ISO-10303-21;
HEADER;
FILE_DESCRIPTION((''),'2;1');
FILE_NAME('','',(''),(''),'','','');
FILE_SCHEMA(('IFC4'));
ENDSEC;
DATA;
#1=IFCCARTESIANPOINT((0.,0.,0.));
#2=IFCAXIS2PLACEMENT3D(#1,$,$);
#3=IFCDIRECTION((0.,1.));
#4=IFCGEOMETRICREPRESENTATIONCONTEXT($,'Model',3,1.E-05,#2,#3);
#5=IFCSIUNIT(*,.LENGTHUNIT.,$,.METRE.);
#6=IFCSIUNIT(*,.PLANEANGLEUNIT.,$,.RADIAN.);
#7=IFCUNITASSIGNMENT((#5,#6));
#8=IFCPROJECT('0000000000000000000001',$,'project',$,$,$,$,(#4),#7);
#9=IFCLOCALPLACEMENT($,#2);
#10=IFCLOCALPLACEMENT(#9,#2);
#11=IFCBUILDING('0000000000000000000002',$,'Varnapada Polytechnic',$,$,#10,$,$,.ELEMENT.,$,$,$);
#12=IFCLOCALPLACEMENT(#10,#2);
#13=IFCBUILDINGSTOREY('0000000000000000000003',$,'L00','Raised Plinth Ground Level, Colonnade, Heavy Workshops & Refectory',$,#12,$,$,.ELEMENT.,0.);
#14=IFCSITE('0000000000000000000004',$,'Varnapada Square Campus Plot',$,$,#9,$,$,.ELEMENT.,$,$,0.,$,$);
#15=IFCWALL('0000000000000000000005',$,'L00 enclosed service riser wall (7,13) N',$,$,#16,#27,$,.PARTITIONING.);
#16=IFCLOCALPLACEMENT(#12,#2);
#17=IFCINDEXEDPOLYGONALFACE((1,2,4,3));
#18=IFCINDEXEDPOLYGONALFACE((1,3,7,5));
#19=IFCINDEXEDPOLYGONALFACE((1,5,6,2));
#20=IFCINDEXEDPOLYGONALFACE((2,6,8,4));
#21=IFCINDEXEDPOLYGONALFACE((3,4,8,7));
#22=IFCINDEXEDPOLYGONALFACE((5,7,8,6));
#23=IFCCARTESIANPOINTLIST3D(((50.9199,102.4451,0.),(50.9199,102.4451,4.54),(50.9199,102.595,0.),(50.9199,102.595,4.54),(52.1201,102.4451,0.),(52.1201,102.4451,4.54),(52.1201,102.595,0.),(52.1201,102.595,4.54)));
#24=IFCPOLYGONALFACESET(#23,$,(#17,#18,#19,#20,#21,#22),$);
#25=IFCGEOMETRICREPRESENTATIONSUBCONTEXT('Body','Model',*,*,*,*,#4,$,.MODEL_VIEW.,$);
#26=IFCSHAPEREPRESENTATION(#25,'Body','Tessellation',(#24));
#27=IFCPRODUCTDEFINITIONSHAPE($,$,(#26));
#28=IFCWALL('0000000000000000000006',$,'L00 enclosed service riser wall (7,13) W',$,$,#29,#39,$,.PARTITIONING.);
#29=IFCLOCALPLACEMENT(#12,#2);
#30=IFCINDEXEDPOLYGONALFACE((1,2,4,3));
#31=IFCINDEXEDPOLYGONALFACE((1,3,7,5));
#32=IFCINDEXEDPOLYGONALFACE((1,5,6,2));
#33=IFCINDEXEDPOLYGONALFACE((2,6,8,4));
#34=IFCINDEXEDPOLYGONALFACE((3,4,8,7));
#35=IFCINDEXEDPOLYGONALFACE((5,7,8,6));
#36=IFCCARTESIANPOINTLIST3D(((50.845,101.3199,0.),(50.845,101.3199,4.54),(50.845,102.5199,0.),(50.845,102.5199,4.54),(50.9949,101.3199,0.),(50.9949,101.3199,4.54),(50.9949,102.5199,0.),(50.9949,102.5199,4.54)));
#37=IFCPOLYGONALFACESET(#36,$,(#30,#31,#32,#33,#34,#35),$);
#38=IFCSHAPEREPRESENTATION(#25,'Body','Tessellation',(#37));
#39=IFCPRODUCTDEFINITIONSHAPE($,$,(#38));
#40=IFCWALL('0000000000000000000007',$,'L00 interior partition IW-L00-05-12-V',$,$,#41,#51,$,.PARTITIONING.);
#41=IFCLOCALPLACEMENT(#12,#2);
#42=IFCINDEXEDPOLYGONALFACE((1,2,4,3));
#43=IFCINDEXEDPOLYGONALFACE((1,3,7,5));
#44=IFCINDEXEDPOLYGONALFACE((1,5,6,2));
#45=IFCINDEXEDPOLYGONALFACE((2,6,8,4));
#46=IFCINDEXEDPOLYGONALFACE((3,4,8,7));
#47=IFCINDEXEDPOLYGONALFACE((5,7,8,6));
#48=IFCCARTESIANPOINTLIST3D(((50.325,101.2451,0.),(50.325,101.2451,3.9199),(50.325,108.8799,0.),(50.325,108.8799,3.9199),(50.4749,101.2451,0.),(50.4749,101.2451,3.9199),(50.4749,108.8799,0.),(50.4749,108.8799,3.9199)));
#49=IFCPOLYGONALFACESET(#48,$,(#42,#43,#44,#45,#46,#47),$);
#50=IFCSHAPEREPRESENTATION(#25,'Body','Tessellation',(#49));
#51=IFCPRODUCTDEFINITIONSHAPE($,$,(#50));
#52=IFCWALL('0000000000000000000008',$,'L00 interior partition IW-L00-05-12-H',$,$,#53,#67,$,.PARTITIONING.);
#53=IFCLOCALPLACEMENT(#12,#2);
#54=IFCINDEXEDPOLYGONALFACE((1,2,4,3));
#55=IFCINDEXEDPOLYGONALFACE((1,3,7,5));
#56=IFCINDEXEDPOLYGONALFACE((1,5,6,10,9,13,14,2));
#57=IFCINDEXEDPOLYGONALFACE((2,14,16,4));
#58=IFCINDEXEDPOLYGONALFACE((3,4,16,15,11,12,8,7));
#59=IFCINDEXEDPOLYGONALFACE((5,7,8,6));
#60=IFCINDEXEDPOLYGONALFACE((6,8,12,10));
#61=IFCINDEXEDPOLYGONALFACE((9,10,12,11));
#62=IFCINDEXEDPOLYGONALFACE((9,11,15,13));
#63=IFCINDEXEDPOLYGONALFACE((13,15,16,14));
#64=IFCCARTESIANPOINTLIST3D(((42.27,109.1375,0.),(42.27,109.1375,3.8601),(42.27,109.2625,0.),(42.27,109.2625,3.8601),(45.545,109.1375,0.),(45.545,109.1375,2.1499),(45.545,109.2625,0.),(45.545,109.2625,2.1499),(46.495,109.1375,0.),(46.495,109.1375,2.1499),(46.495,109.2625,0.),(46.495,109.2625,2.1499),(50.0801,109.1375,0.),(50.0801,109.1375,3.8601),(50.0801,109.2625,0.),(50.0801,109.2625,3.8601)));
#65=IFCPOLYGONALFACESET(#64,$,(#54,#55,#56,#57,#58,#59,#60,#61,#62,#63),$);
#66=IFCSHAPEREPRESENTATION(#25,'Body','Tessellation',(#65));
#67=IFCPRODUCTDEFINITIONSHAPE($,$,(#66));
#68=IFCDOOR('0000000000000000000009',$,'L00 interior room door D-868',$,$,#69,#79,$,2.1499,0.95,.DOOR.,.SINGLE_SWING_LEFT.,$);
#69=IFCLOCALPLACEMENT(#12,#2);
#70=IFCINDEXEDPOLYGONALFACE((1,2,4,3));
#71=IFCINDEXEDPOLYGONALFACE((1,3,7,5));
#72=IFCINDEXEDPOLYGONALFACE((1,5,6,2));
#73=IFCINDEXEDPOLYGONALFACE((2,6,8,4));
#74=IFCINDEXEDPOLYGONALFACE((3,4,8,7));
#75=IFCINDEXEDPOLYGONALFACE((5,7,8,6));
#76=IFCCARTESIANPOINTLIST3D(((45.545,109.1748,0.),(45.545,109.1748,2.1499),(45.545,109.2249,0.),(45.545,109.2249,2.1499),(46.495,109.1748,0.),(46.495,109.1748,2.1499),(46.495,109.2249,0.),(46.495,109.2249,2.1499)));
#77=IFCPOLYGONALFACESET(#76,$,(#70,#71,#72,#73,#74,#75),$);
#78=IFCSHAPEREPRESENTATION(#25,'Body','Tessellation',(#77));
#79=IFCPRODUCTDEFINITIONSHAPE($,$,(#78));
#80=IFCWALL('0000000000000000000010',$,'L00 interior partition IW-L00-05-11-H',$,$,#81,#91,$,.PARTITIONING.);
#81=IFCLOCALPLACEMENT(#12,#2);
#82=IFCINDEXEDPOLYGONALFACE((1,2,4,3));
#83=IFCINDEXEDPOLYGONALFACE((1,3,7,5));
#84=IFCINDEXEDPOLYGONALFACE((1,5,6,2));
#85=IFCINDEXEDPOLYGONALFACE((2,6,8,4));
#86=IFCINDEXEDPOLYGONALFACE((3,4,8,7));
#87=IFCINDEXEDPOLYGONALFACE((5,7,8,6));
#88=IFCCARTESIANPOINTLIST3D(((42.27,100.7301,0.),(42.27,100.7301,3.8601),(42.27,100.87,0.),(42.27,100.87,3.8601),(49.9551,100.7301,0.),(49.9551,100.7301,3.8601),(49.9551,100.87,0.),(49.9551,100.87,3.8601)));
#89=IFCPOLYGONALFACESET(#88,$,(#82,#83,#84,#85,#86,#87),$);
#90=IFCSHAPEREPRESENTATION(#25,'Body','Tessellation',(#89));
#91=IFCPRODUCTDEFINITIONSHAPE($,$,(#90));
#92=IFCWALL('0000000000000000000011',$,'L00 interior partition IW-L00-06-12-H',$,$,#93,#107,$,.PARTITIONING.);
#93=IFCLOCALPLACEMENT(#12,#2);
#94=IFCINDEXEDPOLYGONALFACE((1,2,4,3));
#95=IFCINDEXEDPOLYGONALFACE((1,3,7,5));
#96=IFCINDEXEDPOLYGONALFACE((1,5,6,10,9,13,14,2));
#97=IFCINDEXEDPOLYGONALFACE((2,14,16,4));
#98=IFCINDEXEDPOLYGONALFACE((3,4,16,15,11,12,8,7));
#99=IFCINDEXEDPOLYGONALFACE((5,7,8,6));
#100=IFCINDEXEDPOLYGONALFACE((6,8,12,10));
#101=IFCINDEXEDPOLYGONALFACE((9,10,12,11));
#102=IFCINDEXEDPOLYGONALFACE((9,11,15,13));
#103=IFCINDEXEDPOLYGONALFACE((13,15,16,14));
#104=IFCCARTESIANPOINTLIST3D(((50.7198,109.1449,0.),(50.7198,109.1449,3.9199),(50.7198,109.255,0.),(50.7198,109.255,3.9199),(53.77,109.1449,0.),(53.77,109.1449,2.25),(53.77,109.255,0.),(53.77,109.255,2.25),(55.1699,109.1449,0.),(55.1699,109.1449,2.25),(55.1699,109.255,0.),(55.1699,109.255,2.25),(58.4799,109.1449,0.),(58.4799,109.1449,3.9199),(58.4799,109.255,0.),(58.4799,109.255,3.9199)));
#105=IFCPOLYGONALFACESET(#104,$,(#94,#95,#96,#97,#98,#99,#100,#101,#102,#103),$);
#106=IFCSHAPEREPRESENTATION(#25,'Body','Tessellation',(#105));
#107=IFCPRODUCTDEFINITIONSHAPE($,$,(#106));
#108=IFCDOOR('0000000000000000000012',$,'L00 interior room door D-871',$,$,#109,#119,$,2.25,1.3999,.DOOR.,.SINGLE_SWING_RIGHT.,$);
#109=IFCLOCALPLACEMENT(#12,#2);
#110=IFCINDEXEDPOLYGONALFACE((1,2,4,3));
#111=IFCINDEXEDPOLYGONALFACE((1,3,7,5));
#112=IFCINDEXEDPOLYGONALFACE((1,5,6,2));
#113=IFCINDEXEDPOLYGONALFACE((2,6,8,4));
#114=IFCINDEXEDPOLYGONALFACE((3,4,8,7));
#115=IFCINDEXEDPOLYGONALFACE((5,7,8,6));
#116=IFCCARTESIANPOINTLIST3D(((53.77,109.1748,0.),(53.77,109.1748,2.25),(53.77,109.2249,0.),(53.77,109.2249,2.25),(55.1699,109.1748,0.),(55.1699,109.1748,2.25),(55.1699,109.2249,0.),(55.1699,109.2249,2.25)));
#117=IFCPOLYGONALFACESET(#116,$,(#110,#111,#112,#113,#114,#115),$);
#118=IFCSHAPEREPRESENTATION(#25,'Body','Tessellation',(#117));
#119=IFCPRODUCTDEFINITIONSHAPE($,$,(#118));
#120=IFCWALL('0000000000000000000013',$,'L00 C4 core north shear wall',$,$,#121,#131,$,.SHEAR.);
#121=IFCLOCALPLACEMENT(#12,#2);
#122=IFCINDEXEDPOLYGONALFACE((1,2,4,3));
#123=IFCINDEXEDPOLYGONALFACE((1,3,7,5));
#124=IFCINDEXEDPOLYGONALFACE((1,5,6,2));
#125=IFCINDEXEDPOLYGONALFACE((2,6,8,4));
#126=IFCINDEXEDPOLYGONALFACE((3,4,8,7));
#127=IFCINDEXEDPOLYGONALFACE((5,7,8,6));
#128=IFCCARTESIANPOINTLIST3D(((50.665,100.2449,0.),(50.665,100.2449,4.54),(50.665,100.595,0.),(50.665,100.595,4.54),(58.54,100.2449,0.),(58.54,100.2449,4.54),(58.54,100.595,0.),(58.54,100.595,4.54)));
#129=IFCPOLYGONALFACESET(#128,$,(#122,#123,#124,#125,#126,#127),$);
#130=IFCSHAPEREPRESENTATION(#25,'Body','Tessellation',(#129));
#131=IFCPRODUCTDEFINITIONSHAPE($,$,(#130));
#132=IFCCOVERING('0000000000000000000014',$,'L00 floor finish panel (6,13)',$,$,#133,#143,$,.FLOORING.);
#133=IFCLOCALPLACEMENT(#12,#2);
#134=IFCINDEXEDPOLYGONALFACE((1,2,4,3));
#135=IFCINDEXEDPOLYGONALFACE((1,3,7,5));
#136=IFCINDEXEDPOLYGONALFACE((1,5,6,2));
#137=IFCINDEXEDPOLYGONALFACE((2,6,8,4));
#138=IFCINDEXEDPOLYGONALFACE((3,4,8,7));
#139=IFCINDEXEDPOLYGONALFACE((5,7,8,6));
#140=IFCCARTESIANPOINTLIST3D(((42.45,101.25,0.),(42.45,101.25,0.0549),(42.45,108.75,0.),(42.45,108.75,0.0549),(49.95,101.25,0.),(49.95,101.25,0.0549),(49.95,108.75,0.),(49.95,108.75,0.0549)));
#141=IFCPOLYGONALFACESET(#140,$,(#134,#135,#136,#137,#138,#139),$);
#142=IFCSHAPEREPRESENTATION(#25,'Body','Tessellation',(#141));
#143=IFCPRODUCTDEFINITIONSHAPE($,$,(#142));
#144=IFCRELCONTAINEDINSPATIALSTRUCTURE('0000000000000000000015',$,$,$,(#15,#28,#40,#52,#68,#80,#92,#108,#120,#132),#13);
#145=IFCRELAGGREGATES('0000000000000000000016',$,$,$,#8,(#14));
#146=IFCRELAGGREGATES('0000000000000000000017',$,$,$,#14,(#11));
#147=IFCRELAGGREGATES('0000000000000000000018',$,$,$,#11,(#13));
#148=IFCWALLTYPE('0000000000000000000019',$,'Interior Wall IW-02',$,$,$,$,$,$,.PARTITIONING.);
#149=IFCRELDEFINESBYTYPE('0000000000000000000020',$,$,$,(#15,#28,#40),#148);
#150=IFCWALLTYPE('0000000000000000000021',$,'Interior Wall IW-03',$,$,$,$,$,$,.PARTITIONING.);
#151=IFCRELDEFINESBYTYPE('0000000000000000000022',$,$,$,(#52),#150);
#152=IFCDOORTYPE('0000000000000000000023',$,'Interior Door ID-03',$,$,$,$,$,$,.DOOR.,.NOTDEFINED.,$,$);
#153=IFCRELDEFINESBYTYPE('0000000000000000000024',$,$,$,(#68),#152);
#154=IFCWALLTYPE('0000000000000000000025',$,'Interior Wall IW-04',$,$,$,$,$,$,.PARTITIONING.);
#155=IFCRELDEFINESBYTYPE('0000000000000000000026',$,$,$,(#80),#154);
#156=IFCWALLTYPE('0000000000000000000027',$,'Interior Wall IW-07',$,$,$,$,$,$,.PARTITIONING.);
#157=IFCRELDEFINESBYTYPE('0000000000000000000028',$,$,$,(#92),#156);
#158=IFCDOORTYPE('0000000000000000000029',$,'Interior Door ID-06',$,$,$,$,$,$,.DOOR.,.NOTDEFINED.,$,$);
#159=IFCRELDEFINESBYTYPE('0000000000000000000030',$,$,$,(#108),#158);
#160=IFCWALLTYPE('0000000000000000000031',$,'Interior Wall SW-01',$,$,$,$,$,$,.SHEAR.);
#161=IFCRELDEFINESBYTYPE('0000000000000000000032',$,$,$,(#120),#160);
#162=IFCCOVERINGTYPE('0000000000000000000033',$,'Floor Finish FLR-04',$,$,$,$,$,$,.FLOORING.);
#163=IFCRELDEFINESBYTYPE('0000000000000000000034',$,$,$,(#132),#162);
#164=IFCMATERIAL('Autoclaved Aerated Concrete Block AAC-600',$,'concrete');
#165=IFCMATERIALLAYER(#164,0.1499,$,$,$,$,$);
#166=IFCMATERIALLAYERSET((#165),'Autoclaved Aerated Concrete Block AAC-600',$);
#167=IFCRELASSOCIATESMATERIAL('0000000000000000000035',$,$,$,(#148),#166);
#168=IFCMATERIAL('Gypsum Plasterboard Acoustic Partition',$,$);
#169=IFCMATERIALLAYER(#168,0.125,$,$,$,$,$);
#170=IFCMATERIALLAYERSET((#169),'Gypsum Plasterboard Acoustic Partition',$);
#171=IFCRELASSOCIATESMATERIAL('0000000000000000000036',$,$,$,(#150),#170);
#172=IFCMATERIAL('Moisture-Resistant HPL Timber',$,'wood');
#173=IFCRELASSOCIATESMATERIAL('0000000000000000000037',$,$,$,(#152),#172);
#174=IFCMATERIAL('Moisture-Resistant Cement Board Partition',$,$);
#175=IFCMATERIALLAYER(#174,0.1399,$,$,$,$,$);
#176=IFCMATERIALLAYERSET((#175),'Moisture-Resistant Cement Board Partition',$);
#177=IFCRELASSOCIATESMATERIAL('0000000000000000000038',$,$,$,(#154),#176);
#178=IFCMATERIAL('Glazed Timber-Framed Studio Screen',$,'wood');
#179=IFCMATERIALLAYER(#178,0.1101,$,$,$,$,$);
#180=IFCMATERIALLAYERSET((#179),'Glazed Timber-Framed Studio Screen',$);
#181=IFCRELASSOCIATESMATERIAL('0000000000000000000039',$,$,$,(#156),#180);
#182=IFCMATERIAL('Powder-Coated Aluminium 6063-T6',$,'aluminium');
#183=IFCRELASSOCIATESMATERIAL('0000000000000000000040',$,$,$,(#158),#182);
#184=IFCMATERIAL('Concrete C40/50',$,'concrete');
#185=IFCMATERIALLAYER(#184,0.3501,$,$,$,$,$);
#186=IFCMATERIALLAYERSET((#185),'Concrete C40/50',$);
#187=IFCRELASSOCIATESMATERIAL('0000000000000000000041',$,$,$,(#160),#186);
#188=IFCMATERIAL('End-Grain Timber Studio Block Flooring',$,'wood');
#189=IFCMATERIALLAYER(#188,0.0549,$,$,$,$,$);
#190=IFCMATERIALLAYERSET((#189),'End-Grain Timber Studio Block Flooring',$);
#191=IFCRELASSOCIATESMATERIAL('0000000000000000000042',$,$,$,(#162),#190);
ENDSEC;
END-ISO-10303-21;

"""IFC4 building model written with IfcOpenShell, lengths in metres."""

from ifc_helpers import new_model, si_unit, direction, frame, frame_2d, origin, origin_2d, place, context, subcontext, project, spatial, rectangle, extrude, material, layer, layer_set, type_object, element, fill, save


model = new_model("IFC4")

# Units and contexts
model_context = context("Model", 3, precision=1e-05, world=origin(), true_north=direction((0.0, 1.0)))
body_context = subcontext(model_context, "Body", "Model", "MODEL_VIEW")
ifc_project = project(units=[si_unit("LENGTHUNIT", "METRE"), si_unit("PLANEANGLEUNIT", "RADIAN")], contexts=[model_context])

# Site, building, storey
site_placement = place(None, origin())
site = spatial("IfcSite", under=ifc_project, at=site_placement, Name="Varnapada Square Campus Plot", CompositionType="ELEMENT", RefElevation=0.0)
building_placement = place(site_placement, origin())
building = spatial("IfcBuilding", under=site, at=building_placement, Name="Varnapada Polytechnic", CompositionType="ELEMENT")
storey_placement = place(building_placement, origin())
storey = spatial("IfcBuildingStorey", under=building, at=storey_placement, Name="L00", Description="Raised Plinth Ground Level, Colonnade, Heavy Workshops & Refectory", CompositionType="ELEMENT", Elevation=0.0)

# Shared definitions
ifc_material_1 = material(Name="Concrete C40/50", Category="concrete")

# Walls
ifc_material_2 = material(Name="Autoclaved Aerated Concrete Block AAC-600", Category="concrete")
ifc_layer_1 = layer(ifc_material_2, 0.1499)
ifc_layer_set_1 = layer_set([ifc_layer_1], Name="Autoclaved Aerated Concrete Block AAC-600")
wall_type_1 = type_object("IfcWallType", Name="Interior Wall IW-02", PredefinedType="PARTITIONING", material=ifc_layer_set_1)
wall_1_placement = place(storey_placement, frame((52.1201, 102.52, 0.0), z_axis=(0.0, 0.0, 1.0), x_axis=(-1.0, 0.0, 0.0)))
element("IfcWall", 1, at=wall_1_placement, inside=storey, type_object=wall_type_1, Name="L00 enclosed service riser wall (7,13) N", PredefinedType="PARTITIONING", context=body_context, shape_type="SweptSolid", body=[
    extrude(rectangle(XDim=1.2002, YDim=0.1499, at=frame_2d((0.6001, 0.0))), origin(), (0.0, 0.0, 1.0), 4.54),
])
wall_2_placement = place(storey_placement, frame((50.9199, 102.52, 0.0), z_axis=(0.0, 0.0, 1.0), x_axis=(0.0, -1.0, 0.0)))
element("IfcWall", 2, at=wall_2_placement, inside=storey, type_object=wall_type_1, Name="L00 enclosed service riser wall (7,13) W", PredefinedType="PARTITIONING", context=body_context, shape_type="SweptSolid", body=[
    extrude(rectangle(XDim=1.2, YDim=0.1499, at=frame_2d((0.6001, 0.0))), origin(), (0.0, 0.0, 1.0), 4.54),
])
wall_3_placement = place(storey_placement, frame((50.3999, 101.2451, 0.0), z_axis=(0.0, 0.0, 1.0), x_axis=(0.0, 1.0, 0.0)))
element("IfcWall", 3, at=wall_3_placement, inside=storey, type_object=wall_type_1, Name="L00 interior partition IW-L00-05-12-V", PredefinedType="PARTITIONING", context=body_context, shape_type="SweptSolid", body=[
    extrude(rectangle(XDim=7.6348, YDim=0.1499, at=frame_2d((3.8174, 0.0))), origin(), (0.0, 0.0, 1.0), 3.9199),
])

# Wall, opening, door
ifc_material_3 = material(Name="Gypsum Plasterboard Acoustic Partition")
ifc_layer_2 = layer(ifc_material_3, 0.125)
ifc_layer_set_2 = layer_set([ifc_layer_2], Name="Gypsum Plasterboard Acoustic Partition")
wall_type_2 = type_object("IfcWallType", Name="Interior Wall IW-03", PredefinedType="PARTITIONING", material=ifc_layer_set_2)
wall_4_placement = place(storey_placement, frame((42.27, 109.2, 0.0), z_axis=(0.0, 0.0, 1.0), x_axis=(1.0, 0.0, 0.0)))
wall_4 = element("IfcWall", 4, at=wall_4_placement, inside=storey, type_object=wall_type_2, Name="L00 interior partition IW-L00-05-12-H", PredefinedType="PARTITIONING", context=body_context, shape_type="SweptSolid", body=[
    extrude(rectangle(XDim=7.8101, YDim=0.125, at=frame_2d((3.905, 0.0))), origin(), (0.0, 0.0, 1.0), 3.8601),
])
opening_1_placement = place(wall_4_placement, frame((3.2749, 0.0, 0.0)))
opening_1 = element("IfcOpeningElement", 5, at=opening_1_placement, cuts=wall_4, PredefinedType="OPENING", context=body_context, shape_type="SweptSolid", body=[
    extrude(rectangle(XDim=0.95, YDim=2.1499, at=frame_2d((0.4751, 1.075))), frame((0.0, 0.0725, 0.0), z_axis=(0.0, -1.0, 0.0), x_axis=(1.0, 0.0, 0.0)), (0.0, 0.0, 1.0), 0.145),
])
ifc_material_4 = material(Name="Moisture-Resistant HPL Timber", Category="wood")
door_type_1 = type_object("IfcDoorType", Name="Interior Door ID-03", OperationType="NOTDEFINED", PredefinedType="DOOR", material=ifc_material_4)
door_1_placement = place(opening_1_placement, origin())
door_1 = element("IfcDoor", 6, at=door_1_placement, inside=storey, type_object=door_type_1, Name="L00 interior room door D-868", OperationType="SINGLE_SWING_LEFT", OverallHeight=2.1499, OverallWidth=0.95, PredefinedType="DOOR", context=body_context, shape_type="SweptSolid", body=[
    extrude(rectangle(XDim=0.95, YDim=2.1499, at=frame_2d((0.4751, 1.075))), frame((0.0, 0.0249, 0.0), z_axis=(0.0, -1.0, 0.0), x_axis=(1.0, 0.0, 0.0)), (0.0, 0.0, 1.0), 0.05),
])
fill(opening_1, door_1)

# Wall
ifc_material_5 = material(Name="Moisture-Resistant Cement Board Partition")
ifc_layer_3 = layer(ifc_material_5, 0.1399)
ifc_layer_set_3 = layer_set([ifc_layer_3], Name="Moisture-Resistant Cement Board Partition")
wall_type_3 = type_object("IfcWallType", Name="Interior Wall IW-04", PredefinedType="PARTITIONING", material=ifc_layer_set_3)
wall_5_placement = place(storey_placement, frame((42.27, 100.8, 0.0), z_axis=(0.0, 0.0, 1.0), x_axis=(1.0, 0.0, 0.0)))
element("IfcWall", 7, at=wall_5_placement, inside=storey, type_object=wall_type_3, Name="L00 interior partition IW-L00-05-11-H", PredefinedType="PARTITIONING", context=body_context, shape_type="SweptSolid", body=[
    extrude(rectangle(XDim=7.6851, YDim=0.1399, at=frame_2d((3.8425, 0.0))), origin(), (0.0, 0.0, 1.0), 3.8601),
])

# Wall, opening, door
ifc_material_6 = material(Name="Glazed Timber-Framed Studio Screen", Category="wood")
ifc_layer_4 = layer(ifc_material_6, 0.1101)
ifc_layer_set_4 = layer_set([ifc_layer_4], Name="Glazed Timber-Framed Studio Screen")
wall_type_4 = type_object("IfcWallType", Name="Interior Wall IW-07", PredefinedType="PARTITIONING", material=ifc_layer_set_4)
wall_6_placement = place(storey_placement, frame((50.72, 109.2, 0.0), z_axis=(0.0, 0.0, 1.0), x_axis=(1.0, 0.0, 0.0)))
wall_6 = element("IfcWall", 8, at=wall_6_placement, inside=storey, type_object=wall_type_4, Name="L00 interior partition IW-L00-06-12-H", PredefinedType="PARTITIONING", context=body_context, shape_type="SweptSolid", body=[
    extrude(rectangle(XDim=7.76, YDim=0.1101, at=frame_2d((3.8799, 0.0))), origin(), (0.0, 0.0, 1.0), 3.9199),
])
opening_2_placement = place(wall_6_placement, frame((3.05, 0.0, 0.0)))
opening_2 = element("IfcOpeningElement", 9, at=opening_2_placement, cuts=wall_6, PredefinedType="OPENING", context=body_context, shape_type="SweptSolid", body=[
    extrude(rectangle(XDim=1.3999, YDim=2.25, at=frame_2d((0.7, 1.125))), frame((0.0, 0.0649, 0.0), z_axis=(0.0, -1.0, 0.0), x_axis=(1.0, 0.0, 0.0)), (0.0, 0.0, 1.0), 0.1301),
])
ifc_material_7 = material(Name="Powder-Coated Aluminium 6063-T6", Category="aluminium")
door_type_2 = type_object("IfcDoorType", Name="Interior Door ID-06", OperationType="NOTDEFINED", PredefinedType="DOOR", material=ifc_material_7)
door_2_placement = place(opening_2_placement, origin())
door_2 = element("IfcDoor", 10, at=door_2_placement, inside=storey, type_object=door_type_2, Name="L00 interior room door D-871", OperationType="SINGLE_SWING_RIGHT", OverallHeight=2.25, OverallWidth=1.3999, PredefinedType="DOOR", context=body_context, shape_type="SweptSolid", body=[
    extrude(rectangle(XDim=1.3999, YDim=2.25, at=frame_2d((0.7, 1.125))), frame((0.0, 0.0249, 0.0), z_axis=(0.0, -1.0, 0.0), x_axis=(1.0, 0.0, 0.0)), (0.0, 0.0, 1.0), 0.05),
])
fill(opening_2, door_2)

# Wall
ifc_layer_5 = layer(ifc_material_1, 0.3501)
ifc_layer_set_5 = layer_set([ifc_layer_5], Name="Concrete C40/50")
wall_type_5 = type_object("IfcWallType", Name="Interior Wall SW-01", PredefinedType="SHEAR", material=ifc_layer_set_5)
wall_7_placement = place(storey_placement, frame((50.665, 100.4199, 0.0), z_axis=(0.0, 0.0, 1.0), x_axis=(1.0, 0.0, 0.0)))
element("IfcWall", 11, at=wall_7_placement, inside=storey, type_object=wall_type_5, Name="L00 C4 core north shear wall", PredefinedType="SHEAR", context=body_context, shape_type="SweptSolid", body=[
    extrude(rectangle(XDim=7.875, YDim=0.3501, at=frame_2d((3.9375, 0.0))), origin(), (0.0, 0.0, 1.0), 4.54),
])

# Covering
ifc_material_8 = material(Name="End-Grain Timber Studio Block Flooring", Category="wood")
ifc_layer_6 = layer(ifc_material_8, 0.0549)
ifc_layer_set_6 = layer_set([ifc_layer_6], Name="End-Grain Timber Studio Block Flooring")
covering_type_1 = type_object("IfcCoveringType", Name="Floor Finish FLR-04", PredefinedType="FLOORING", material=ifc_layer_set_6)
covering_1_placement = place(storey_placement, frame((46.2, 105.0, 0.0), z_axis=(0.0, 0.0, 1.0), x_axis=(1.0, 0.0, 0.0)))
element("IfcCovering", 12, at=covering_1_placement, inside=storey, type_object=covering_type_1, Name="L00 floor finish panel (6,13)", PredefinedType="FLOORING", context=body_context, shape_type="SweptSolid", body=[
    extrude(rectangle(XDim=7.5, YDim=7.5, at=origin_2d()), origin(), (0.0, 0.0, 1.0), 0.0549),
])

save(model, "model.ifc")
